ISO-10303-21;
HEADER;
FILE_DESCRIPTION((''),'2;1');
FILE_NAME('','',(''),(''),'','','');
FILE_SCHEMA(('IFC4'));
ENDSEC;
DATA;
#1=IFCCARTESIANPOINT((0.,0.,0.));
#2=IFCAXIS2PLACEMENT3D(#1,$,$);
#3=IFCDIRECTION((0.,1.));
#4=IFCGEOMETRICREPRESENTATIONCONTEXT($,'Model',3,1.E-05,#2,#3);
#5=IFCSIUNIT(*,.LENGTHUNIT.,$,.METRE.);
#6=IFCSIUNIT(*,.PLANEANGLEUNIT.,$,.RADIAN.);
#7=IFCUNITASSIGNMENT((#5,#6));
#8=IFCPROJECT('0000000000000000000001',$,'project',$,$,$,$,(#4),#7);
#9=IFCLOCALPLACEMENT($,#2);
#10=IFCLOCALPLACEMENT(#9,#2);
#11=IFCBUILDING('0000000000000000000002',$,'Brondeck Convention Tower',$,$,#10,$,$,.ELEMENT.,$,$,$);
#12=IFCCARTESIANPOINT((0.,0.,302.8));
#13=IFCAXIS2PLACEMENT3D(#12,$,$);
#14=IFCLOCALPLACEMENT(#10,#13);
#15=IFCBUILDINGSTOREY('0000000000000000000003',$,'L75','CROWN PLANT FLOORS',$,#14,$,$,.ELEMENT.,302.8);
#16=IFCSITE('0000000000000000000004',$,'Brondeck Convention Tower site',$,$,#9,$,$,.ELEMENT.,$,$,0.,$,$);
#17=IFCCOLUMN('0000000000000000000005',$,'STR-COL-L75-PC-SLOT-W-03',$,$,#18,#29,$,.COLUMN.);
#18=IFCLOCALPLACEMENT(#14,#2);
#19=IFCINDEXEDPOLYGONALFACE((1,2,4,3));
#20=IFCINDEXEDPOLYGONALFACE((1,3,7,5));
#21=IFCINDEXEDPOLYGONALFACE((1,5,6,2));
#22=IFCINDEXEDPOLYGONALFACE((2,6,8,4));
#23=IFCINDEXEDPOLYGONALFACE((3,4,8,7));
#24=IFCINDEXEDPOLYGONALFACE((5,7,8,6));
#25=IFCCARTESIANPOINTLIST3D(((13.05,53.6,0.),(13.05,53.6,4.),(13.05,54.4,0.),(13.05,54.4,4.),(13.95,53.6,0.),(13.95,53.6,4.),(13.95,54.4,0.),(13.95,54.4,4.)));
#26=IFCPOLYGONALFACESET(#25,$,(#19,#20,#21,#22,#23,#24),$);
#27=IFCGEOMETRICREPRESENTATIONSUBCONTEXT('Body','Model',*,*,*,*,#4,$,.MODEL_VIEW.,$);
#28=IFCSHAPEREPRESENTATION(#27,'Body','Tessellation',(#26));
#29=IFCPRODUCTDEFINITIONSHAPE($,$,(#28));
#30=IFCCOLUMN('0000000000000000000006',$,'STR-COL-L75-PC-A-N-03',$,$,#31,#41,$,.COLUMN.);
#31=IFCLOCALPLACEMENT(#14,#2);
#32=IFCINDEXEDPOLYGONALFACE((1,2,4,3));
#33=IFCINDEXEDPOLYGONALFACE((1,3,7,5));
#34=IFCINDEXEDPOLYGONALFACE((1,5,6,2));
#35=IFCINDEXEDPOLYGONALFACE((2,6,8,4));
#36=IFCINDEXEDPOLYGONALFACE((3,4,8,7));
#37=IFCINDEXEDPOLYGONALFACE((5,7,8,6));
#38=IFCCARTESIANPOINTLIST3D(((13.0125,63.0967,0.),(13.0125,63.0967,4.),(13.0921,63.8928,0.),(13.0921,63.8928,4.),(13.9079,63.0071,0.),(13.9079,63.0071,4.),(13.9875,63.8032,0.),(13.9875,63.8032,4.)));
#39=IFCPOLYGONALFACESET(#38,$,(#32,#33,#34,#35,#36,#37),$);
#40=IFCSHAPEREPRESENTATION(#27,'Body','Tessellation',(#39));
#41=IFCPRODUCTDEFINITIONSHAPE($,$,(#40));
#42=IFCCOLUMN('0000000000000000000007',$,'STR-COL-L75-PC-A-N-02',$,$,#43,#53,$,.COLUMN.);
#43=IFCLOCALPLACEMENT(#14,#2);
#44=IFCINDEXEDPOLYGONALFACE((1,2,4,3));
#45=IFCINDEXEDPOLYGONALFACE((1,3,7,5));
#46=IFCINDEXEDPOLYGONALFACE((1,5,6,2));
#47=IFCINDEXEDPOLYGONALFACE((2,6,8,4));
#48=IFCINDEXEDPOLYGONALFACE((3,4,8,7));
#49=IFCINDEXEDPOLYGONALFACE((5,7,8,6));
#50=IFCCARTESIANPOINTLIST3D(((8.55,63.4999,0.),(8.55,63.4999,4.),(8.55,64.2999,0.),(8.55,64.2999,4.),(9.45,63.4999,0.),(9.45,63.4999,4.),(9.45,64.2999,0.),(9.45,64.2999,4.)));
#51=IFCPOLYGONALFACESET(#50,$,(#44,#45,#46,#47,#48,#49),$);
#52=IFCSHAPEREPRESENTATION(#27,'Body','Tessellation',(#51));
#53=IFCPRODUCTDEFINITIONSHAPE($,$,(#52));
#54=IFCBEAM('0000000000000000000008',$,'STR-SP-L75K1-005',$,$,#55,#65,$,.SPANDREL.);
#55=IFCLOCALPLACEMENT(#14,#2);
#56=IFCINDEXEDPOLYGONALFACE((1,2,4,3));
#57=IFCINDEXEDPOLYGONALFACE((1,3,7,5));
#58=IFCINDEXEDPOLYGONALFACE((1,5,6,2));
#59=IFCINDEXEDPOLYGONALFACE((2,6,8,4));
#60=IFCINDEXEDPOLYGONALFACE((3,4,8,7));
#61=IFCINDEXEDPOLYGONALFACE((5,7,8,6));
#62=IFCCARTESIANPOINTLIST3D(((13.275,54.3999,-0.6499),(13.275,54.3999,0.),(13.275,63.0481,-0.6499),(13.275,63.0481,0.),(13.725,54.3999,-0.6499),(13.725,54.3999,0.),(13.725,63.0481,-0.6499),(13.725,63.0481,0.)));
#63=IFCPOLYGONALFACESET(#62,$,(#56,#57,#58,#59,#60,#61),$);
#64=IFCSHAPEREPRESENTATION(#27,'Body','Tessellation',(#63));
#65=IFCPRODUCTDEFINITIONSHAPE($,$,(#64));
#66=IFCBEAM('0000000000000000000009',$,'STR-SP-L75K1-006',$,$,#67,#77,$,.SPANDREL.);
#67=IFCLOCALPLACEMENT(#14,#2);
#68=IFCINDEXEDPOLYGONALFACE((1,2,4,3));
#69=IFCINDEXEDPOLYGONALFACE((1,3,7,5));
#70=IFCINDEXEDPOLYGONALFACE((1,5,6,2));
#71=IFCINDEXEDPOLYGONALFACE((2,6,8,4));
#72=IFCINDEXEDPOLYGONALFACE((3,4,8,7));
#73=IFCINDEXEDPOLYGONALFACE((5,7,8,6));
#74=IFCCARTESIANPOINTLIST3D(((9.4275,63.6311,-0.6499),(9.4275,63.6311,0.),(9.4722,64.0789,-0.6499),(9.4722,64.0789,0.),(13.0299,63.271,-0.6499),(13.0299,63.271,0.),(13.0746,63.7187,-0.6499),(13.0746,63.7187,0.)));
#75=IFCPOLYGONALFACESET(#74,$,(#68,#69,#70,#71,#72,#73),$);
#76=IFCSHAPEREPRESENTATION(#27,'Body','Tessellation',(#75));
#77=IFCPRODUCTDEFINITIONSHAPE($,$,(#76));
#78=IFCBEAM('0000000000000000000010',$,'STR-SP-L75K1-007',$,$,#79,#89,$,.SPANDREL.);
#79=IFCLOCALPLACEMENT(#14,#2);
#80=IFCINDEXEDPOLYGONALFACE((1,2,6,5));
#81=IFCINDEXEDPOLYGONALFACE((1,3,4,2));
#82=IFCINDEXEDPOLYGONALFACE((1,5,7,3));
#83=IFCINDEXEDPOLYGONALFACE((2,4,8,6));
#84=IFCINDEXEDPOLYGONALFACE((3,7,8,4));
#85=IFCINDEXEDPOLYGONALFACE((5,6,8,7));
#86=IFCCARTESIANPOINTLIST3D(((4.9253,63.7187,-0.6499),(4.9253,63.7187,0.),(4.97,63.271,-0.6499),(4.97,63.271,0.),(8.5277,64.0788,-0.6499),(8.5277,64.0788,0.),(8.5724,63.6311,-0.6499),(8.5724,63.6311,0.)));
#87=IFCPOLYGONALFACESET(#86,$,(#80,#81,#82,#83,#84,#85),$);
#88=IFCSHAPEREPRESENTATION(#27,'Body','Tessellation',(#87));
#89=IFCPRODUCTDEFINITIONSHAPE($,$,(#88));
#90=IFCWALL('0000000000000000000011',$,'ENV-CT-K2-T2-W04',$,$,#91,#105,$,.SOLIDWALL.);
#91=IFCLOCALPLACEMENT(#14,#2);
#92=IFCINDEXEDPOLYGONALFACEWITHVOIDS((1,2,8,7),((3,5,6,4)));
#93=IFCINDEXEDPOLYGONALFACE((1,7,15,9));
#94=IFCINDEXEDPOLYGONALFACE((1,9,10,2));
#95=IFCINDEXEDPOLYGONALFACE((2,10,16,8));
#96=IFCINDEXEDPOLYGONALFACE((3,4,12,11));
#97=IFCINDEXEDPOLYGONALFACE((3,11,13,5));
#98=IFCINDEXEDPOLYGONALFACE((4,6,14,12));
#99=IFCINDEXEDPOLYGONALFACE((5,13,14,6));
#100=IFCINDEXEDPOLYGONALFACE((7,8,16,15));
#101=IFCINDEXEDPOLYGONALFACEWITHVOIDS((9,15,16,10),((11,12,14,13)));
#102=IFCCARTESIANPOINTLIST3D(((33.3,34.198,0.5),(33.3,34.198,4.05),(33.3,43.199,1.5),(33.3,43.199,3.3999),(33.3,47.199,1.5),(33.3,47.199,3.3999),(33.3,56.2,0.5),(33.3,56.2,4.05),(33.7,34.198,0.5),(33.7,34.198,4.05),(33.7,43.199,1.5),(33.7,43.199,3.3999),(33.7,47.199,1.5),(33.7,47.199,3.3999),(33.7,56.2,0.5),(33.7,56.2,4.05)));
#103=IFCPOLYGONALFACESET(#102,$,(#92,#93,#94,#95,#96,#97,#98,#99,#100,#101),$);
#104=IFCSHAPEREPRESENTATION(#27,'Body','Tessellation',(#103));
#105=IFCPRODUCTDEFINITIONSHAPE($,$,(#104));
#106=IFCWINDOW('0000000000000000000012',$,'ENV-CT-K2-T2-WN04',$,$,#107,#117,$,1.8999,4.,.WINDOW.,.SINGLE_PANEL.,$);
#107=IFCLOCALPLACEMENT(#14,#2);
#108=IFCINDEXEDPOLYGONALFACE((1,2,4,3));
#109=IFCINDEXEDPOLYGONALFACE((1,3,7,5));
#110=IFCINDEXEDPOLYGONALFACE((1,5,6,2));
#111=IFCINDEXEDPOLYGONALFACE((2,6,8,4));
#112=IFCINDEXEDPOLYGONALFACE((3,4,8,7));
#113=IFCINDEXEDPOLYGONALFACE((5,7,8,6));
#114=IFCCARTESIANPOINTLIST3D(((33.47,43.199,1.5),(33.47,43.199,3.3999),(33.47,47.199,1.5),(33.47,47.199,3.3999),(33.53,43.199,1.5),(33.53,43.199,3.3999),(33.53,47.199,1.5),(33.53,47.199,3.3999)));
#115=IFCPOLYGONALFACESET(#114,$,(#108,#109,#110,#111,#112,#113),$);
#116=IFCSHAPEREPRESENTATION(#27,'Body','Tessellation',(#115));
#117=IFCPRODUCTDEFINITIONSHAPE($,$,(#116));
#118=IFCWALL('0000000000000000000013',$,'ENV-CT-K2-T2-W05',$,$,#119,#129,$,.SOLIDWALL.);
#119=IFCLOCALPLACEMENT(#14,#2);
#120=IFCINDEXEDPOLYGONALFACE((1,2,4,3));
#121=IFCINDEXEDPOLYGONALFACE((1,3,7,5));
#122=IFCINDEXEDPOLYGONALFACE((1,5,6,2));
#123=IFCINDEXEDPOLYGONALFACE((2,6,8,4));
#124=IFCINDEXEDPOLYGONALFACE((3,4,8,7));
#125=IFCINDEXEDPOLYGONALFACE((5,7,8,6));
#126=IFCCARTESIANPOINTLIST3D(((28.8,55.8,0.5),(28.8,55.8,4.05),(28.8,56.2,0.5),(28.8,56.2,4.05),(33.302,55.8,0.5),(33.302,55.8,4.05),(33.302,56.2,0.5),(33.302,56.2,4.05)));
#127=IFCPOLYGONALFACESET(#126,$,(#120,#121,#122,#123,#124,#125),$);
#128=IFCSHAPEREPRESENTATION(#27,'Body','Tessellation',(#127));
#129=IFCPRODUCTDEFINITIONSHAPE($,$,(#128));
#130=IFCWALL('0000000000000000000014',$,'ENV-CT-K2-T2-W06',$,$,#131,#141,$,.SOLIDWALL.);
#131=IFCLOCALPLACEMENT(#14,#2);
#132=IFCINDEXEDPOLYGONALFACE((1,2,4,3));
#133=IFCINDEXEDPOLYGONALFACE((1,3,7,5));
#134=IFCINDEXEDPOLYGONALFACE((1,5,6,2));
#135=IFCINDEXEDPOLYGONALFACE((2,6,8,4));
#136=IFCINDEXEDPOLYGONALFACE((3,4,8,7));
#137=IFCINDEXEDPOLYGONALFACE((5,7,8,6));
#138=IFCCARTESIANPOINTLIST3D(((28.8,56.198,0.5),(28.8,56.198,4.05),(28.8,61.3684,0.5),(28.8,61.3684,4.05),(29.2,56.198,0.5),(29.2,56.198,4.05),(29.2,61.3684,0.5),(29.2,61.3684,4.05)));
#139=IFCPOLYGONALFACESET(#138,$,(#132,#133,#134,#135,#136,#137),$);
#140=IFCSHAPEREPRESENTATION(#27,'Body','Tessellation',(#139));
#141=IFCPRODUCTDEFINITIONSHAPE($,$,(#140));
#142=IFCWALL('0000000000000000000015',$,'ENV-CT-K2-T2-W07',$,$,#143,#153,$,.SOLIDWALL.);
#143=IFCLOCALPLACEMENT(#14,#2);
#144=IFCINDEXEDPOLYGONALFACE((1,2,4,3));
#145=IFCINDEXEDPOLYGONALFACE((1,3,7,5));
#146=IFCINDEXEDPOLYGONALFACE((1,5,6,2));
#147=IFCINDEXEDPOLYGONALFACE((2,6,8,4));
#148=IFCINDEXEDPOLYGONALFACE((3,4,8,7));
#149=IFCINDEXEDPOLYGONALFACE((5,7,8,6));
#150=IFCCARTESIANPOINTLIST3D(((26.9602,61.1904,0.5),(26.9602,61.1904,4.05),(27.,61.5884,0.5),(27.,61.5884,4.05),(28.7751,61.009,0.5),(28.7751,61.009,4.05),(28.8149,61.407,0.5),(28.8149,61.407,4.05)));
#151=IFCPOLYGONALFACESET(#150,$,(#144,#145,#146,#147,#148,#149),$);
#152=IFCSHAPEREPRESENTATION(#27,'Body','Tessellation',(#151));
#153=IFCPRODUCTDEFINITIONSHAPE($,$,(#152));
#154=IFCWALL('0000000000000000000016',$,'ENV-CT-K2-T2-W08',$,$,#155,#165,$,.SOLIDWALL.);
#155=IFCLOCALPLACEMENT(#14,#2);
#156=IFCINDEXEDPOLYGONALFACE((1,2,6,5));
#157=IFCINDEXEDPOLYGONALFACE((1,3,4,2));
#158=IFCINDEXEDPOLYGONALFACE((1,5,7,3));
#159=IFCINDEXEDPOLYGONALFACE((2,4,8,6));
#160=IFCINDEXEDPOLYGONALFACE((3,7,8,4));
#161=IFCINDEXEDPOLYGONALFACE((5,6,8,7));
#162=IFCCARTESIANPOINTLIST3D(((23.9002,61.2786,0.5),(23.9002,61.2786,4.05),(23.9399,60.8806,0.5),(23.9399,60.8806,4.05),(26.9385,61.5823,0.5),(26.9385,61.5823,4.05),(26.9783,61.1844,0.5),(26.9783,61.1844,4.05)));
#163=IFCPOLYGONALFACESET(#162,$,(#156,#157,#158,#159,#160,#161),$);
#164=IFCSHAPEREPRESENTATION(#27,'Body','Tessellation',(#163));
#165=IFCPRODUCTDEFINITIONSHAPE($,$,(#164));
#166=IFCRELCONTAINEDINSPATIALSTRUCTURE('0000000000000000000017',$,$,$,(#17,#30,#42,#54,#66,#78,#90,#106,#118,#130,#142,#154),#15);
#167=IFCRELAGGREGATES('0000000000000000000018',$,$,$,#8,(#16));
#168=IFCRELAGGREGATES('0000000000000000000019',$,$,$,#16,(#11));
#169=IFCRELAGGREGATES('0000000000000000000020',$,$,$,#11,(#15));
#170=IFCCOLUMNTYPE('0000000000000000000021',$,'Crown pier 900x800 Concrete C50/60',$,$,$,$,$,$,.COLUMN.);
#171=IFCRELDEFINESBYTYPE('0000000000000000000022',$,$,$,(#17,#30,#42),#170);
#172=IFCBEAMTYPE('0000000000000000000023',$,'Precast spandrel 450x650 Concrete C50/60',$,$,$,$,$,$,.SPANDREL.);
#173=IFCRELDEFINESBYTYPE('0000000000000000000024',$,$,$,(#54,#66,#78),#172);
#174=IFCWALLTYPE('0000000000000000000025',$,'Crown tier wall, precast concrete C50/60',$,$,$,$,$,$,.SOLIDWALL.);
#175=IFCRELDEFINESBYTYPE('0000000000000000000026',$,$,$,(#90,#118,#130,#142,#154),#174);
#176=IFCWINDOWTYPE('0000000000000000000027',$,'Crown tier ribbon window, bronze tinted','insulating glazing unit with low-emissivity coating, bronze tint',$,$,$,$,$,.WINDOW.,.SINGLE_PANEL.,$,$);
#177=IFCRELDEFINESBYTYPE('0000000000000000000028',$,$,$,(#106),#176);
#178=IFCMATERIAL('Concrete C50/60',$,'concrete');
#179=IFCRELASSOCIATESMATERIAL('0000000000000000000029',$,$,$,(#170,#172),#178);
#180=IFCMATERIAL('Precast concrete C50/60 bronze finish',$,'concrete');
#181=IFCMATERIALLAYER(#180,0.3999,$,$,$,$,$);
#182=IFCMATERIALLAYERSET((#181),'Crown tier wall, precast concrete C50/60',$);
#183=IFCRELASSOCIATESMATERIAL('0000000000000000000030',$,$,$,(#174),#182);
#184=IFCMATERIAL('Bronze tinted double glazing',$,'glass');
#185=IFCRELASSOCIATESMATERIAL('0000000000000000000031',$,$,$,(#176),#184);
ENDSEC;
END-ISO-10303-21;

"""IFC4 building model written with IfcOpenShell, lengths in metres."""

from ifc_helpers import new_model, si_unit, direction, frame, frame_2d, origin, origin_2d, place, context, subcontext, project, spatial, rectangle, extrude, material, layer, layer_set, material_profile, profile_set, type_object, element, fill, save


model = new_model("IFC4")

# Units and contexts
model_context = context("Model", 3, precision=1e-05, world=origin(), true_north=direction((0.0, 1.0)))
body_context = subcontext(model_context, "Body", "Model", "MODEL_VIEW")
ifc_project = project(units=[si_unit("LENGTHUNIT", "METRE"), si_unit("PLANEANGLEUNIT", "RADIAN")], contexts=[model_context])

# Site, building, storey
site_placement = place(None, origin())
site = spatial("IfcSite", under=ifc_project, at=site_placement, Name="Brondeck Convention Tower site", CompositionType="ELEMENT", RefElevation=0.0)
building_placement = place(site_placement, origin())
building = spatial("IfcBuilding", under=site, at=building_placement, Name="Brondeck Convention Tower", CompositionType="ELEMENT")
storey_placement = place(building_placement, frame((0.0, 0.0, 302.8)))
storey = spatial("IfcBuildingStorey", under=building, at=storey_placement, Name="L75", Description="CROWN PLANT FLOORS", CompositionType="ELEMENT", Elevation=302.8)

# Columns
ifc_material_1 = material(Name="Concrete C50/60", Category="concrete")
ifc_material_profile_1 = material_profile(ifc_material_1, rectangle(XDim=0.8999, YDim=0.8, at=origin_2d()), Name="Crown pier 900x800 Concrete C50/60")
ifc_profile_set_1 = profile_set([ifc_material_profile_1], Name="Concrete C50/60")
column_type = type_object("IfcColumnType", Name="Crown pier 900x800 Concrete C50/60", PredefinedType="COLUMN", material=ifc_profile_set_1)
for number, where, z_axis, x_axis, name in (
    (1, (13.5, 54.0, 0.0), (0.0, 0.0, 1.0), (1.0, 0.0, 0.0), "STR-COL-L75-PC-SLOT-W-03"),
    (2, (13.5, 63.45, 0.0), (0.0, 0.0, 1.0), (-0.995037, 0.099504, 0.0), "STR-COL-L75-PC-A-N-03"),
    (3, (9.0, 63.8999, 0.0), (0.0, 0.0, 1.0), (-1.0, 0.0, 0.0), "STR-COL-L75-PC-A-N-02"),
):
    element("IfcColumn", number, at=place(storey_placement, frame(where, z_axis=z_axis, x_axis=x_axis)), inside=storey, type_object=column_type, Name=name, PredefinedType="COLUMN", context=body_context, shape_type="SweptSolid", body=[
        extrude(rectangle(XDim=0.8999, YDim=0.8, at=origin_2d()), origin(), (0.0, 0.0, 1.0), 4.0),
    ])

# Beams
ifc_material_profile_2 = material_profile(ifc_material_1, rectangle(XDim=0.45, YDim=0.6499, at=origin_2d()), Name="Precast spandrel 450x650 Concrete C50/60")
ifc_profile_set_2 = profile_set([ifc_material_profile_2], Name="Concrete C50/60")
beam_type = type_object("IfcBeamType", Name="Precast spandrel 450x650 Concrete C50/60", PredefinedType="SPANDREL", material=ifc_profile_set_2)
beam_placement = place(storey_placement, frame((13.5, 54.3999, -0.325), z_axis=(0.0, 1.0, 0.0), x_axis=(-1.0, 0.0, 0.0)))
element("IfcBeam", 4, at=beam_placement, inside=storey, type_object=beam_type, Name="STR-SP-L75K1-005", PredefinedType="SPANDREL", context=body_context, shape_type="SweptSolid", body=[
    extrude(rectangle(XDim=0.45, YDim=0.6499, at=origin_2d()), origin(), (0.0, 0.0, 1.0), 8.6482),
])
for number, where, z_axis, x_axis, name in (
    (5, (13.0522, 63.4949, -0.325), (-0.995041, 0.09947, 0.0), (-0.09947, -0.995041, 0.0), "STR-SP-L75K1-006"),
    (6, (8.55, 63.855, -0.325), (-0.995041, -0.09947, 0.0), (0.09947, -0.995041, 0.0), "STR-SP-L75K1-007"),
):
    element("IfcBeam", number, at=place(storey_placement, frame(where, z_axis=z_axis, x_axis=x_axis)), inside=storey, type_object=beam_type, Name=name, PredefinedType="SPANDREL", context=body_context, shape_type="SweptSolid", body=[
        extrude(rectangle(XDim=0.45, YDim=0.6499, at=origin_2d()), origin(), (0.0, 0.0, 1.0), 3.6204),
    ])

# Wall, opening, window
ifc_material_2 = material(Name="Precast concrete C50/60 bronze finish", Category="concrete")
ifc_layer_1 = layer(ifc_material_2, 0.3999)
ifc_layer_set_1 = layer_set([ifc_layer_1], Name="Crown tier wall, precast concrete C50/60")
wall_type_1 = type_object("IfcWallType", Name="Crown tier wall, precast concrete C50/60", PredefinedType="SOLIDWALL", material=ifc_layer_set_1)
wall_1_placement = place(storey_placement, frame((33.5, 56.2, 0.5), z_axis=(0.0, 0.0, 1.0), x_axis=(0.0, -1.0, 0.0)))
wall_1 = element("IfcWall", 7, at=wall_1_placement, inside=storey, type_object=wall_type_1, Name="ENV-CT-K2-T2-W04", PredefinedType="SOLIDWALL", context=body_context, shape_type="SweptSolid", body=[
    extrude(rectangle(XDim=22.002, YDim=0.3999, at=frame_2d((11.001, 0.0))), origin(), (0.0, 0.0, 1.0), 3.55),
])
opening_1_placement = place(wall_1_placement, frame((9.001, 0.0, 1.0)))
opening_1 = element("IfcOpeningElement", 8, at=opening_1_placement, cuts=wall_1, PredefinedType="OPENING", context=body_context, shape_type="SweptSolid", body=[
    extrude(rectangle(XDim=4.0, YDim=1.8999, at=frame_2d((2.0, 0.95))), frame((0.0, 0.21, 0.0), z_axis=(0.0, -1.0, 0.0), x_axis=(1.0, 0.0, 0.0)), (0.0, 0.0, 1.0), 0.4199),
])
ifc_material_3 = material(Name="Bronze tinted double glazing", Category="glass")
window_type = type_object("IfcWindowType", Name="Crown tier ribbon window, bronze tinted", Description="insulating glazing unit with low-emissivity coating, bronze tint", PartitioningType="SINGLE_PANEL", PredefinedType="WINDOW", material=ifc_material_3)
window_placement = place(opening_1_placement, origin())
window = element("IfcWindow", 9, at=window_placement, inside=storey, type_object=window_type, Name="ENV-CT-K2-T2-WN04", OverallHeight=1.8999, OverallWidth=4.0, PartitioningType="SINGLE_PANEL", PredefinedType="WINDOW", context=body_context, shape_type="SweptSolid", body=[
    extrude(rectangle(XDim=4.0, YDim=1.8999, at=frame_2d((2.0, 0.95))), frame((0.0, 0.03, 0.0), z_axis=(0.0, -1.0, 0.0), x_axis=(1.0, 0.0, 0.0)), (0.0, 0.0, 1.0), 0.0601),
])
fill(opening_1, window)

# Walls
wall_2_placement = place(storey_placement, frame((28.8, 56.0, 0.5), z_axis=(0.0, 0.0, 1.0), x_axis=(1.0, 0.0, 0.0)))
element("IfcWall", 10, at=wall_2_placement, inside=storey, type_object=wall_type_1, Name="ENV-CT-K2-T2-W05", PredefinedType="SOLIDWALL", context=body_context, shape_type="SweptSolid", body=[
    extrude(rectangle(XDim=4.502, YDim=0.3999, at=frame_2d((2.251, 0.0))), origin(), (0.0, 0.0, 1.0), 3.55),
])
wall_3_placement = place(storey_placement, frame((29.0, 61.3684, 0.5), z_axis=(0.0, 0.0, 1.0), x_axis=(0.0, -1.0, 0.0)))
element("IfcWall", 11, at=wall_3_placement, inside=storey, type_object=wall_type_1, Name="ENV-CT-K2-T2-W06", PredefinedType="SOLIDWALL", context=body_context, shape_type="SweptSolid", body=[
    extrude(rectangle(XDim=5.1704, YDim=0.3999, at=frame_2d((2.5852, 0.0))), origin(), (0.0, 0.0, 1.0), 3.55),
])
wall_4_placement = place(storey_placement, frame((26.98, 61.3894, 0.5), z_axis=(0.0, 0.0, 1.0), x_axis=(0.995042, -0.099451, 0.0)))
element("IfcWall", 12, at=wall_4_placement, inside=storey, type_object=wall_type_1, Name="ENV-CT-K2-T2-W07", PredefinedType="SOLIDWALL", context=body_context, shape_type="SweptSolid", body=[
    extrude(rectangle(XDim=1.824, YDim=0.3999, at=frame_2d((0.9121, 0.0))), origin(), (0.0, 0.0, 1.0), 3.55),
])
wall_5_placement = place(storey_placement, frame((23.9199, 61.0796, 0.5), z_axis=(0.0, 0.0, 1.0), x_axis=(0.995041, 0.099464, 0.0)))
element("IfcWall", 13, at=wall_5_placement, inside=storey, type_object=wall_type_1, Name="ENV-CT-K2-T2-W08", PredefinedType="SOLIDWALL", context=body_context, shape_type="SweptSolid", body=[
    extrude(rectangle(XDim=3.0535, YDim=0.3999, at=frame_2d((1.5269, 0.0))), origin(), (0.0, 0.0, 1.0), 3.55),
])

save(model, "model.ifc")
